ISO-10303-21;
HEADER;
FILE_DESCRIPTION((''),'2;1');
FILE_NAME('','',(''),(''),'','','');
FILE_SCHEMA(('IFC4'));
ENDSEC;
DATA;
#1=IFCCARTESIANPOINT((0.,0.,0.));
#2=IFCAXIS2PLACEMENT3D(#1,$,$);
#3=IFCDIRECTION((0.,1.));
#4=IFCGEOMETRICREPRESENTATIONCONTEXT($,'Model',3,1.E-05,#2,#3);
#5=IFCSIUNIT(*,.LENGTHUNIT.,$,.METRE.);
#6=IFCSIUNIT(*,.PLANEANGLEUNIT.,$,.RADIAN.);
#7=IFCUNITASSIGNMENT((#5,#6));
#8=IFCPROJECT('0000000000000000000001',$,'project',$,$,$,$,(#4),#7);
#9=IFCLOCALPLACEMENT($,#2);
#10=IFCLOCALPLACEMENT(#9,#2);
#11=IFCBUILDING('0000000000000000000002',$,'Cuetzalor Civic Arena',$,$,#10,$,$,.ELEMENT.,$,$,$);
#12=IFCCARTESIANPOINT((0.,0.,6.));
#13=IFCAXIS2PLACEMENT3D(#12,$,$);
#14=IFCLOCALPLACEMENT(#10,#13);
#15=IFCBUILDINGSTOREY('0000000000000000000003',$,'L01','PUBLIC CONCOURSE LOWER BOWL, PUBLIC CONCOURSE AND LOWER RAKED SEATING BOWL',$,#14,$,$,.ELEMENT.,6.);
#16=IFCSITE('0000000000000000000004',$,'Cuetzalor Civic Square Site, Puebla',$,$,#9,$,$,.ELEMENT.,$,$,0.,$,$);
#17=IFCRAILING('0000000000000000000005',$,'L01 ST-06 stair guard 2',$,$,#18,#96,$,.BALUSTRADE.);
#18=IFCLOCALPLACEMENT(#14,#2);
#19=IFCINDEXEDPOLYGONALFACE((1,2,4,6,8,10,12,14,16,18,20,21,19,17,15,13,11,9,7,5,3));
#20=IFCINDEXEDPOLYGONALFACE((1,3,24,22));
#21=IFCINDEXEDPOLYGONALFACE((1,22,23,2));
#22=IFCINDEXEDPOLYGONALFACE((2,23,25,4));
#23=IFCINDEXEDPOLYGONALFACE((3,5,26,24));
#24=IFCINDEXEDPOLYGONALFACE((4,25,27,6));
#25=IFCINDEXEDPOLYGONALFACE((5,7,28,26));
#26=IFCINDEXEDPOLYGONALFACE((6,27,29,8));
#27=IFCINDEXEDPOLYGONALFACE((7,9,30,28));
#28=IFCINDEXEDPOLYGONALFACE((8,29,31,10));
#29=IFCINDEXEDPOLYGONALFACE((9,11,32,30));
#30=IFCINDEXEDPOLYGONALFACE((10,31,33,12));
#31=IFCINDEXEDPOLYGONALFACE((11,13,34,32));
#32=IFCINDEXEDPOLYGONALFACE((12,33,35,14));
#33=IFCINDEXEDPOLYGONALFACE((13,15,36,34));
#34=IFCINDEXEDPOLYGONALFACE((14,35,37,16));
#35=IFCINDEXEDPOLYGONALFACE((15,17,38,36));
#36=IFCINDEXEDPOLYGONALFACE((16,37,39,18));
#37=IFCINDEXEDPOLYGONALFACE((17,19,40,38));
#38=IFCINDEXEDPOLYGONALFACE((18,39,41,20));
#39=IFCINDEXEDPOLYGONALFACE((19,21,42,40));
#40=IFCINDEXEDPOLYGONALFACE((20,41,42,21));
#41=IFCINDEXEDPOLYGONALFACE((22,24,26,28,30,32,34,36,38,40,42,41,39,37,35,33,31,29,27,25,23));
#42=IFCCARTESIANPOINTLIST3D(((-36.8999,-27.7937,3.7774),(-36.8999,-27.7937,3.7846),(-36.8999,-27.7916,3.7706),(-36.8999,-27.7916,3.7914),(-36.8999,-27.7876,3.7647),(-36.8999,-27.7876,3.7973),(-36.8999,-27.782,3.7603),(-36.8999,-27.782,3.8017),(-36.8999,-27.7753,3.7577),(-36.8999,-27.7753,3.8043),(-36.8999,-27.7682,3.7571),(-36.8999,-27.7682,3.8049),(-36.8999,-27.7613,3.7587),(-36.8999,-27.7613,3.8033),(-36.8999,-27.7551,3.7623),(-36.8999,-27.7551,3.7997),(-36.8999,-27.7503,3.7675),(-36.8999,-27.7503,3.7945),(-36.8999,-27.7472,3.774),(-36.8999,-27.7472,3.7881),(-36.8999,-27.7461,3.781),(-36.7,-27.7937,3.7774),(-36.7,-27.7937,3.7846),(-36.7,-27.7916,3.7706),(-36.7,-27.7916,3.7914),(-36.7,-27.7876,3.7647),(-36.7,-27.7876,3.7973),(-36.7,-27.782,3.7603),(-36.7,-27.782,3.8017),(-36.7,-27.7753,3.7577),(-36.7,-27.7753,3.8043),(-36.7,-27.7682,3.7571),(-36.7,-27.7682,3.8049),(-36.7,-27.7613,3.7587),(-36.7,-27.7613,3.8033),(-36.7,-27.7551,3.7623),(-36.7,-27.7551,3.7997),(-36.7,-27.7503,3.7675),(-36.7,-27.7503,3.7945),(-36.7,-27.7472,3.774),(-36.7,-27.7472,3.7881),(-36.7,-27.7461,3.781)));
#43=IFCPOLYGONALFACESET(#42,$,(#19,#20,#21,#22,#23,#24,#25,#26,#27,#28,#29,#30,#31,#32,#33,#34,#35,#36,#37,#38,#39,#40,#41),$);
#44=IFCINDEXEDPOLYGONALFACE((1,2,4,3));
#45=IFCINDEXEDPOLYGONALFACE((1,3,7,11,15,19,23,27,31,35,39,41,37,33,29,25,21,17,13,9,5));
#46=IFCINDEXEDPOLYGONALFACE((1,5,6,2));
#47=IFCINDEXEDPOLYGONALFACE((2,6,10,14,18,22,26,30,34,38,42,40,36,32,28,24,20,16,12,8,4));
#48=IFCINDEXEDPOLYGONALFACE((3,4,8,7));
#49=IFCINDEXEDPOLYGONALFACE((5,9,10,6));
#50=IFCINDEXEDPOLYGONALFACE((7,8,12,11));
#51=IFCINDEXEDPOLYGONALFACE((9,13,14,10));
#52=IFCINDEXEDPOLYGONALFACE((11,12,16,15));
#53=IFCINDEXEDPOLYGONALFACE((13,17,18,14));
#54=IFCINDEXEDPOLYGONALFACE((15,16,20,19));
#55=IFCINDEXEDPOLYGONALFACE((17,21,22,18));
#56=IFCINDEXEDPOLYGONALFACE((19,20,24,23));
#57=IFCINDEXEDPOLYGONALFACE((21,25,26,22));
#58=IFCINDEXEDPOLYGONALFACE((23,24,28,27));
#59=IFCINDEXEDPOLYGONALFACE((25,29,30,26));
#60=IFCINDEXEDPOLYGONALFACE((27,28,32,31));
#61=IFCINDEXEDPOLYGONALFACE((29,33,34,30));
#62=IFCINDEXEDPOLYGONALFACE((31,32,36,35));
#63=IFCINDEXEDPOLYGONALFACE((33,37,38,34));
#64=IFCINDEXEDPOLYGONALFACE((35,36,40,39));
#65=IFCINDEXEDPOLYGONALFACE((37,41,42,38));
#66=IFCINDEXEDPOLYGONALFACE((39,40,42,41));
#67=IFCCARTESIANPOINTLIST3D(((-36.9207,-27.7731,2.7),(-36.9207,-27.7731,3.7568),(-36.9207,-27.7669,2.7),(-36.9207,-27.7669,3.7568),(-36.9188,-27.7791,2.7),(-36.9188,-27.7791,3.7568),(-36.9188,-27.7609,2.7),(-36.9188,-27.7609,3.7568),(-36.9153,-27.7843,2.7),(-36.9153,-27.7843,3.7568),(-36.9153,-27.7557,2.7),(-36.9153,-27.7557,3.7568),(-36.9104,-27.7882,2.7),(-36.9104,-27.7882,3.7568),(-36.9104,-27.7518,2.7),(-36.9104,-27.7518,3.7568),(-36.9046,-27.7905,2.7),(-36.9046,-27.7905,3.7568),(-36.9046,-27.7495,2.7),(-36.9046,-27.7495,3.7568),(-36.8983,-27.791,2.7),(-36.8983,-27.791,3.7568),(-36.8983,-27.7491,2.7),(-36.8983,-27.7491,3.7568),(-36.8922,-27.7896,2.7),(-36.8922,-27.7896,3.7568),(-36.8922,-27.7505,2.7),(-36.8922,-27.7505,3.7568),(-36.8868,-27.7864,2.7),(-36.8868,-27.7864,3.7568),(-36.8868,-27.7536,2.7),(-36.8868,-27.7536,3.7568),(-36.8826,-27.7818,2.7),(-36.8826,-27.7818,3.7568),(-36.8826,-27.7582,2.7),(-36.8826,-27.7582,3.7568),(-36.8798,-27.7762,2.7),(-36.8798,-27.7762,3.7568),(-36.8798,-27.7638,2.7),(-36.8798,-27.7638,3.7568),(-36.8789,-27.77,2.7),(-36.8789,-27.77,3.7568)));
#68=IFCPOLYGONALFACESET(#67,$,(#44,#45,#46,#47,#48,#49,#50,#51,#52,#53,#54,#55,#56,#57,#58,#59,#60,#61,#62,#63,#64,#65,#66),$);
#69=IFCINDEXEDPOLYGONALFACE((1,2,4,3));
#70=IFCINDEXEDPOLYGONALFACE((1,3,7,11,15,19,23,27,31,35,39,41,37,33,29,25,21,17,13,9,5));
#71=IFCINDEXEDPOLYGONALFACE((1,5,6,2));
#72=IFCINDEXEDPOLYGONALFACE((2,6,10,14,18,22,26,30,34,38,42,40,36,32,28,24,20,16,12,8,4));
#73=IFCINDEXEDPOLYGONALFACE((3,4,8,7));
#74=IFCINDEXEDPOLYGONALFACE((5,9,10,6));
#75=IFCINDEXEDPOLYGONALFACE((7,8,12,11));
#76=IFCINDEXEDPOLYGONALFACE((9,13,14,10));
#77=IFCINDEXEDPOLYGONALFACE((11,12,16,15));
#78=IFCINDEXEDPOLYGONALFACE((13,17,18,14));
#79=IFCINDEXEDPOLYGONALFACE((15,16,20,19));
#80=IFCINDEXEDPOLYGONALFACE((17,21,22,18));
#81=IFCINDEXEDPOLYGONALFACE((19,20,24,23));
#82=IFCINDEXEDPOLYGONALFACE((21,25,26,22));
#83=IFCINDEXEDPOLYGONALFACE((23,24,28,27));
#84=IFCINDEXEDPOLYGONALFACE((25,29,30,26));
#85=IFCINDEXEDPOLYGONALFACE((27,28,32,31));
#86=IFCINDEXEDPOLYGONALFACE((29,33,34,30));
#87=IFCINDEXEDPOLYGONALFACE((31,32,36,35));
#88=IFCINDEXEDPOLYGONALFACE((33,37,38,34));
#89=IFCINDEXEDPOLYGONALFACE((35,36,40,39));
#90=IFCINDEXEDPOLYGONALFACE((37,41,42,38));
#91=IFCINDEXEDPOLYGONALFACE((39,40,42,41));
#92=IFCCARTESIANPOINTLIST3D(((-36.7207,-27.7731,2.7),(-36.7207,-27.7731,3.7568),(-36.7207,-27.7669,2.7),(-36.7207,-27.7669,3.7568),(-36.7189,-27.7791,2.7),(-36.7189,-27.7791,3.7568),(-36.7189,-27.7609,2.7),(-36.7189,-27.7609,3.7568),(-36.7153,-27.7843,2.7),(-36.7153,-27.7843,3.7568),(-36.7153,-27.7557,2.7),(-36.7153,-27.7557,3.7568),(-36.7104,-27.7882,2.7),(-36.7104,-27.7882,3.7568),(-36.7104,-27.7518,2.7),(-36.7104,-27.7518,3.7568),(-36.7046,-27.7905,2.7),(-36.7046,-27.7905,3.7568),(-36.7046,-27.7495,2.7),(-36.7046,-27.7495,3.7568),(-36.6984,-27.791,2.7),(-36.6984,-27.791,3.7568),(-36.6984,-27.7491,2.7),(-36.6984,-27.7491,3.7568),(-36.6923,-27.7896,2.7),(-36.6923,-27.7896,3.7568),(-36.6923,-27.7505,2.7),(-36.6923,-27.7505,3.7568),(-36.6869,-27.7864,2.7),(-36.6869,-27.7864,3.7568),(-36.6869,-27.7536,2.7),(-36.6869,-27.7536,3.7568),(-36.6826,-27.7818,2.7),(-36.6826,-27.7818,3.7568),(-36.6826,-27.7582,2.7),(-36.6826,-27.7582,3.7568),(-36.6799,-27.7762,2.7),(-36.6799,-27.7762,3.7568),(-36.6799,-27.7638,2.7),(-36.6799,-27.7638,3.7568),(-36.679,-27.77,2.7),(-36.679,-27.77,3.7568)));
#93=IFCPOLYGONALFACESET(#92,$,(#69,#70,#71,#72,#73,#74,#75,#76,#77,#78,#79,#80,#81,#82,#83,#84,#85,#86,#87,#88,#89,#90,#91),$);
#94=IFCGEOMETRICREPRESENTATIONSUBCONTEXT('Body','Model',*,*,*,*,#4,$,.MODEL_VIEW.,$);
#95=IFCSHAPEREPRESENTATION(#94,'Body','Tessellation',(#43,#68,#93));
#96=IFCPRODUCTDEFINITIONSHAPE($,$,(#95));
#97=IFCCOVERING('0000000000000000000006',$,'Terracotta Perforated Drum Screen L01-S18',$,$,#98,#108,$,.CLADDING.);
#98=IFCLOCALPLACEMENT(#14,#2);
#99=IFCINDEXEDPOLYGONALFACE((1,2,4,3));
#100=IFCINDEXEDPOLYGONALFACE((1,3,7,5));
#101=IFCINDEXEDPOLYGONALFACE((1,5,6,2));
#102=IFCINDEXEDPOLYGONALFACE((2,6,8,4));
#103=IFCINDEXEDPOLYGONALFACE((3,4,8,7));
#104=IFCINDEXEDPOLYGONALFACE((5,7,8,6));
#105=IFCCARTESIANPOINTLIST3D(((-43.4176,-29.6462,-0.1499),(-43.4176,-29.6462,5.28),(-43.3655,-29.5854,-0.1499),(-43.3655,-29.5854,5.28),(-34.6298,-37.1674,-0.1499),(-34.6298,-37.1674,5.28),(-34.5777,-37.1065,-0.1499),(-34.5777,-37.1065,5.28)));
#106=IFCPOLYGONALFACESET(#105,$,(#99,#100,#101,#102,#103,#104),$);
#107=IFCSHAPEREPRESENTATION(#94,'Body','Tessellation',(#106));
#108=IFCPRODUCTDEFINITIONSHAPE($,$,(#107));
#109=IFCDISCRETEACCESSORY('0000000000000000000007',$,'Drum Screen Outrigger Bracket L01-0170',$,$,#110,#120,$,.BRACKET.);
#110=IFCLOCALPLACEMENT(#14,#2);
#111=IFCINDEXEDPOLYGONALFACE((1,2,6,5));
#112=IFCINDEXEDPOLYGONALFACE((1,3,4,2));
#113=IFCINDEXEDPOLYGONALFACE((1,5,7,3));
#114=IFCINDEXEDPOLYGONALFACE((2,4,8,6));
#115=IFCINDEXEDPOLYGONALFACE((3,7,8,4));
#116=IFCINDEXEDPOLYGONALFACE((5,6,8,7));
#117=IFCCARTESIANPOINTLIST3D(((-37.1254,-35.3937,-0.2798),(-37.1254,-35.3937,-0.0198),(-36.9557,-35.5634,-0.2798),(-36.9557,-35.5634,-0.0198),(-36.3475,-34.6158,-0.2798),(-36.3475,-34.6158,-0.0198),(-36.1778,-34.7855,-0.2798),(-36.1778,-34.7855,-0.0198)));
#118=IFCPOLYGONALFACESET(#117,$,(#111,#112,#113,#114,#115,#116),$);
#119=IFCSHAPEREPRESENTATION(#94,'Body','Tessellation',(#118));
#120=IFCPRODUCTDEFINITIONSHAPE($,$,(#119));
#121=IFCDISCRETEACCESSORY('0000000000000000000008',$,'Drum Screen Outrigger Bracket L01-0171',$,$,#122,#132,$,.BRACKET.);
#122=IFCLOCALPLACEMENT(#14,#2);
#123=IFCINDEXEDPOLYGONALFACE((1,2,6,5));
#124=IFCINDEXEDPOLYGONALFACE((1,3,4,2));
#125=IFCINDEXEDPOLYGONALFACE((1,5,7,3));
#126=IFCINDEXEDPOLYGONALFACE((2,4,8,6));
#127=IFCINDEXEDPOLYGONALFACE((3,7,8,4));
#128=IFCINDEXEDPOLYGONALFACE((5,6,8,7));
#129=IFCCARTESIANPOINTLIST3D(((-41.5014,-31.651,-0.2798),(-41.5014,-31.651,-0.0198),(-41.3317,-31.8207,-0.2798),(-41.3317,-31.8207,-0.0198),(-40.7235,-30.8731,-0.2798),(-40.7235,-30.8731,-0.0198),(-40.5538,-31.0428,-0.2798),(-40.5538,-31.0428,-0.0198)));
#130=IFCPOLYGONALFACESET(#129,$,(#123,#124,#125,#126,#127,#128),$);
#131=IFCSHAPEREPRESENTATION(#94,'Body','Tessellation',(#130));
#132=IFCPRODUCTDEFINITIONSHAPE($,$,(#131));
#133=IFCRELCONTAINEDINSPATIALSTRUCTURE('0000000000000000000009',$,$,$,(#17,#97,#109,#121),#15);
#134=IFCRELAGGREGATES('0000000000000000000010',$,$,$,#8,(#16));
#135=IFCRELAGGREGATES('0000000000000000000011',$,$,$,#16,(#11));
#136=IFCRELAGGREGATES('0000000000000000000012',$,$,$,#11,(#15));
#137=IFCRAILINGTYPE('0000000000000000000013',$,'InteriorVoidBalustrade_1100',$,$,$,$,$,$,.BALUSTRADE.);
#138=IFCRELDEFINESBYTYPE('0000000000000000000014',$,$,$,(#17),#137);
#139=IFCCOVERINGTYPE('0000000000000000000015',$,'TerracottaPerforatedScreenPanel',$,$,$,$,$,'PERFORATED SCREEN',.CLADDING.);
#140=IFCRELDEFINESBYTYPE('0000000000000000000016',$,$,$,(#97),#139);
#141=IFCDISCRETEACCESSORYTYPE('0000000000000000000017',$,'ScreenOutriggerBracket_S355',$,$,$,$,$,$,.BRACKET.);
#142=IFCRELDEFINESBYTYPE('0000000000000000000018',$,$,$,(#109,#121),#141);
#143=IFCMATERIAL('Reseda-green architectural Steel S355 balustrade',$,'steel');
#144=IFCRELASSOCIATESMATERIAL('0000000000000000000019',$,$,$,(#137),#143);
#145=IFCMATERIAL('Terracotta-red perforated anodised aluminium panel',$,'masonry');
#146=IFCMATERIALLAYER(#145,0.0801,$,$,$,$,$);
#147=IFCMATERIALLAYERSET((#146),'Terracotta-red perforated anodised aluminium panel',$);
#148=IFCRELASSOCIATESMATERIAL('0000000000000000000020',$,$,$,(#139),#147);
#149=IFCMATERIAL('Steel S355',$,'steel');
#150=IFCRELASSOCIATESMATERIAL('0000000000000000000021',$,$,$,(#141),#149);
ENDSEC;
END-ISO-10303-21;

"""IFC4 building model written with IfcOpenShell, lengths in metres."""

from ifc_helpers import new_model, si_unit, direction, frame, frame_2d, origin, origin_2d, place, context, subcontext, project, spatial, rectangle, circle, extrude, material, layer, layer_set, type_object, element, save


model = new_model("IFC4")

# Units and contexts
model_context = context("Model", 3, precision=1e-05, world=origin(), true_north=direction((0.0, 1.0)))
body_context = subcontext(model_context, "Body", "Model", "MODEL_VIEW")
ifc_project = project(units=[si_unit("LENGTHUNIT", "METRE"), si_unit("PLANEANGLEUNIT", "RADIAN")], contexts=[model_context])

# Site, building, storey
site_placement = place(None, origin())
site = spatial("IfcSite", under=ifc_project, at=site_placement, Name="Cuetzalor Civic Square Site, Puebla", CompositionType="ELEMENT", RefElevation=0.0)
building_placement = place(site_placement, origin())
building = spatial("IfcBuilding", under=site, at=building_placement, Name="Cuetzalor Civic Arena", CompositionType="ELEMENT")
storey_placement = place(building_placement, frame((0.0, 0.0, 6.0)))
storey = spatial("IfcBuildingStorey", under=building, at=storey_placement, Name="L01", Description="PUBLIC CONCOURSE LOWER BOWL, PUBLIC CONCOURSE AND LOWER RAKED SEATING BOWL", CompositionType="ELEMENT", Elevation=6.0)

# Railing
ifc_material_1 = material(Name="Reseda-green architectural Steel S355 balustrade", Category="steel")
railing_type = type_object("IfcRailingType", Name="InteriorVoidBalustrade_1100", PredefinedType="BALUSTRADE", material=ifc_material_1)
railing_placement = place(storey_placement, frame((-36.8999, -27.77, 2.7)))
element("IfcRailing", 1, at=railing_placement, inside=storey, type_object=railing_type, Name="L01 ST-06 stair guard 2", PredefinedType="BALUSTRADE", context=body_context, shape_type="SweptSolid", body=[
    extrude(circle(Radius=0.0239, at=origin_2d()), frame((0.0, 0.0, 1.0811), z_axis=(1.0, 0.0, 0.0), x_axis=(0.0, 1.0, 0.0)), (0.0, 0.0, 1.0), 0.2),
    extrude(circle(Radius=0.021, at=origin_2d()), origin(), (0.0, 0.0, 1.0), 1.0569),
    extrude(circle(Radius=0.021, at=origin_2d()), frame((0.2, 0.0, 0.0)), (0.0, 0.0, 1.0), 1.0569),
])

# Covering
ifc_material_2 = material(Name="Terracotta-red perforated anodised aluminium panel", Category="masonry")
ifc_layer_1 = layer(ifc_material_2, 0.0801)
ifc_layer_set_1 = layer_set([ifc_layer_1], Name="Terracotta-red perforated anodised aluminium panel")
covering_type = type_object("IfcCoveringType", Name="TerracottaPerforatedScreenPanel", ElementType="PERFORATED SCREEN", PredefinedType="CLADDING", material=ifc_layer_set_1)
covering_placement = place(storey_placement, frame((-34.6038, -37.137, -0.1499), z_axis=(0.0, 0.0, 1.0), x_axis=(-0.759735, 0.650233, 0.0)))
element("IfcCovering", 2, at=covering_placement, inside=storey, type_object=covering_type, Name="Terracotta Perforated Drum Screen L01-S18", PredefinedType="CLADDING", context=body_context, shape_type="SweptSolid", body=[
    extrude(rectangle(XDim=11.5669, YDim=0.0801, at=frame_2d((5.7834, 0.0))), origin(), (0.0, 0.0, 1.0), 5.4299),
])

# Discrete accessories
ifc_material_3 = material(Name="Steel S355", Category="steel")
discrete_accessory_type = type_object("IfcDiscreteAccessoryType", Name="ScreenOutriggerBracket_S355", PredefinedType="BRACKET", material=ifc_material_3)
for number, where, z_axis, x_axis, name in (
    (3, (-36.6516, -35.0896, -0.2798), (0.0, 0.0, 1.0), (-0.707107, -0.707107, 0.0), "Drum Screen Outrigger Bracket L01-0170"),
    (4, (-41.0276, -31.3469, -0.2798), (0.0, 0.0, 1.0), (-0.707107, -0.707107, 0.0), "Drum Screen Outrigger Bracket L01-0171"),
):
    element("IfcDiscreteAccessory", number, at=place(storey_placement, frame(where, z_axis=z_axis, x_axis=x_axis)), inside=storey, type_object=discrete_accessory_type, Name=name, PredefinedType="BRACKET", context=body_context, shape_type="SweptSolid", body=[
        extrude(rectangle(XDim=1.1001, YDim=0.24, at=origin_2d()), origin(), (0.0, 0.0, 1.0), 0.26),
    ])

save(model, "model.ifc")
